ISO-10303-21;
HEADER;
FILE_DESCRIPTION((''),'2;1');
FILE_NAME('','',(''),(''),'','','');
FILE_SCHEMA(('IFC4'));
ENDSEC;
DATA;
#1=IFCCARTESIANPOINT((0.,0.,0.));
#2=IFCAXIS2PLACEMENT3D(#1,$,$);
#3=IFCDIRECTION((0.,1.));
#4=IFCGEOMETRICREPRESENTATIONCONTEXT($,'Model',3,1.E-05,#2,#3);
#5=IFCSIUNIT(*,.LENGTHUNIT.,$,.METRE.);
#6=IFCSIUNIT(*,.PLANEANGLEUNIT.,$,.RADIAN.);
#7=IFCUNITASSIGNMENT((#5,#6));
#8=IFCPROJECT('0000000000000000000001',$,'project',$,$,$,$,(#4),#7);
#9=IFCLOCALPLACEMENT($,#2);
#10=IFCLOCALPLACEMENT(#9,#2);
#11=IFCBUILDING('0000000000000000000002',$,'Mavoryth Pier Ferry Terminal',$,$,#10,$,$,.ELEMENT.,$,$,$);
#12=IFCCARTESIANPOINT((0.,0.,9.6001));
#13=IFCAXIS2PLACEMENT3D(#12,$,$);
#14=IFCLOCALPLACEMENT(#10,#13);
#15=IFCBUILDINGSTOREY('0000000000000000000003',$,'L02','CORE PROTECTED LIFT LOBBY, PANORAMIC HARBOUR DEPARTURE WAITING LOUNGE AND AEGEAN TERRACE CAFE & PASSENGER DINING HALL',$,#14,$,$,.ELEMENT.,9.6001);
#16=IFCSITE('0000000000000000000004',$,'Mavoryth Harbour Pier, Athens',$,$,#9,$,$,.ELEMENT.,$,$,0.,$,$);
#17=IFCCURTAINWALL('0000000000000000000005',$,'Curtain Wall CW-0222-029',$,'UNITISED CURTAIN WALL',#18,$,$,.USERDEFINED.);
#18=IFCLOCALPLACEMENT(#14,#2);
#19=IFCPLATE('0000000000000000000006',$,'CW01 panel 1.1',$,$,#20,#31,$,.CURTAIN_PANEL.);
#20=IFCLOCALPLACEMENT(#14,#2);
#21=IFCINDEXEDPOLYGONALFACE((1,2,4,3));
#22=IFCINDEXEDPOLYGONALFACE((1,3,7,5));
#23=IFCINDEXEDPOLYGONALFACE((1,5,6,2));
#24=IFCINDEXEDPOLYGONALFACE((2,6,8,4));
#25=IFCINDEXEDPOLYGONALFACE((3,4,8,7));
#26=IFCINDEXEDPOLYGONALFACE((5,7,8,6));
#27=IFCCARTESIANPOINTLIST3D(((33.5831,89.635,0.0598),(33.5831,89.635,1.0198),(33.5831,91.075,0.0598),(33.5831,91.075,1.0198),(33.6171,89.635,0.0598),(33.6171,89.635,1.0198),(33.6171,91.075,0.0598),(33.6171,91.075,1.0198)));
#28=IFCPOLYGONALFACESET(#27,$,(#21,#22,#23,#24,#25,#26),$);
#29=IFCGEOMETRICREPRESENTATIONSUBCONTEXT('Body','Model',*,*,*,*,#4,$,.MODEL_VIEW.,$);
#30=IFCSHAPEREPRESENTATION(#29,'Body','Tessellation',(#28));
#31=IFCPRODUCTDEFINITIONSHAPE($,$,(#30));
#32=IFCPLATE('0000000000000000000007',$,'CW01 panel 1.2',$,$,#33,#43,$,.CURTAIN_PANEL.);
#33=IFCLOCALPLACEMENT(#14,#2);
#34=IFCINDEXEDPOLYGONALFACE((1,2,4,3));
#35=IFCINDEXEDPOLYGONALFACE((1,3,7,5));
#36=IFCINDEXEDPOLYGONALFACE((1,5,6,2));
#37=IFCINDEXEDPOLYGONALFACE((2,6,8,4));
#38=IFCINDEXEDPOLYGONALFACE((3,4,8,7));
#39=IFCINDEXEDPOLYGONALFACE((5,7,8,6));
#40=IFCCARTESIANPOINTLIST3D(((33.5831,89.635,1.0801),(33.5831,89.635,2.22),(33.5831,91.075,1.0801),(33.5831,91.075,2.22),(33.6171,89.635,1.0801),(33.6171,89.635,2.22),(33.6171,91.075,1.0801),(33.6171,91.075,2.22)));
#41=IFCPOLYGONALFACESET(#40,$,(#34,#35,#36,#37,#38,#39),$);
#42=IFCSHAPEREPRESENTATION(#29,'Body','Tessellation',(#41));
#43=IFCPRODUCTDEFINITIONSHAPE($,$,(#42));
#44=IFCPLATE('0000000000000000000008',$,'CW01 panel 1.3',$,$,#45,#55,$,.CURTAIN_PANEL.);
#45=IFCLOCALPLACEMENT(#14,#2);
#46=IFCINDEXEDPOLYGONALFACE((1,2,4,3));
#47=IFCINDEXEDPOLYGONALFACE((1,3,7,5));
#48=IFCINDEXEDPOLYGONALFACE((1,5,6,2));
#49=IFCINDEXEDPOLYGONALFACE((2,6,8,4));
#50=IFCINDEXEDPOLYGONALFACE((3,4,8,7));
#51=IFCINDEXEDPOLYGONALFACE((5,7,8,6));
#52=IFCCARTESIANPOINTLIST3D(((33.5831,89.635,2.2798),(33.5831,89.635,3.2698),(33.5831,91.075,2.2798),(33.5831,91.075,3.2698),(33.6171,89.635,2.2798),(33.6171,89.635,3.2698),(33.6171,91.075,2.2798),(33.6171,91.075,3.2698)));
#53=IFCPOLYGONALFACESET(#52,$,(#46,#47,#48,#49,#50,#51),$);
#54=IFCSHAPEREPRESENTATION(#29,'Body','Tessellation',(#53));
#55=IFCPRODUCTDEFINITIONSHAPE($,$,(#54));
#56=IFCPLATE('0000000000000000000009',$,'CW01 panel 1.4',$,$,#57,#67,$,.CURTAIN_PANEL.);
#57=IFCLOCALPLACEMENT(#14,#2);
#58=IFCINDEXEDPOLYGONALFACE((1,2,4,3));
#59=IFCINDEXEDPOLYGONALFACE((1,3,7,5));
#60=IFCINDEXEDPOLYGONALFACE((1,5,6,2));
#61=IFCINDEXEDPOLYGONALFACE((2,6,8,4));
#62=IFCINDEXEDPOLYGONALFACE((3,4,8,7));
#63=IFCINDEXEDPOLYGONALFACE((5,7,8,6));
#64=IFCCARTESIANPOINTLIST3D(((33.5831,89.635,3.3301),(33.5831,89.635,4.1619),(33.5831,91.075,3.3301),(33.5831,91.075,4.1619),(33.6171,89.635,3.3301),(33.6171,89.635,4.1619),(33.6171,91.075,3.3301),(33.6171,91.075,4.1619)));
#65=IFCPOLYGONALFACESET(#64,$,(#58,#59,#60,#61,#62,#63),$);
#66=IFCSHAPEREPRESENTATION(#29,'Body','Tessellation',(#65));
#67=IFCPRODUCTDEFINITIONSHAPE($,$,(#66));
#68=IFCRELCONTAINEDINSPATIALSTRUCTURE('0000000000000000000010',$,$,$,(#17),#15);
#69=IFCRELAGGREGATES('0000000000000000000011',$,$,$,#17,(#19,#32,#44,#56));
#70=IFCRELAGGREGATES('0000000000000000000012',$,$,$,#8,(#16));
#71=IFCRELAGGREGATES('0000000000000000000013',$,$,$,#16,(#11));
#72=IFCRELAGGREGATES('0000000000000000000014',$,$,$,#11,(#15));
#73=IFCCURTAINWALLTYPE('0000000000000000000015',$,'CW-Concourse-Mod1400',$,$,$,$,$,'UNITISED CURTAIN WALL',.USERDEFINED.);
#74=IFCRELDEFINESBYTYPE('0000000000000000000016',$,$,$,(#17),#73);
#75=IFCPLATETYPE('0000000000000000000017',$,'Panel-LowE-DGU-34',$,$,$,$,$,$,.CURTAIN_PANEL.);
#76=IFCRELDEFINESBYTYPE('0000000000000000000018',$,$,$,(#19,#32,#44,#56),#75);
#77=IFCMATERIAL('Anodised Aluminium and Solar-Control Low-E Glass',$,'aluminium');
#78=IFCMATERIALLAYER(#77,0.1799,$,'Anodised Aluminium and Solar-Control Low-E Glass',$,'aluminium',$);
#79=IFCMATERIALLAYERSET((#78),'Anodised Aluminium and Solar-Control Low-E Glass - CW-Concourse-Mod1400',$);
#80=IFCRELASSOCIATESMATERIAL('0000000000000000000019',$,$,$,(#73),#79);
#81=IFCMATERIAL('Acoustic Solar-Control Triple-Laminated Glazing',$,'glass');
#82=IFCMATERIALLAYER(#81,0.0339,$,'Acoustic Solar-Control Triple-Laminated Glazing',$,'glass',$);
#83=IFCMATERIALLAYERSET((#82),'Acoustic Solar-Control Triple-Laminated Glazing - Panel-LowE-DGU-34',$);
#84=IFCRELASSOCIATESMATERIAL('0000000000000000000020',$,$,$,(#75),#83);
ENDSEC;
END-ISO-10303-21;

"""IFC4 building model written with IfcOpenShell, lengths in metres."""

from ifc_helpers import new_model, si_unit, direction, frame, origin, origin_2d, place, context, subcontext, project, spatial, rectangle, extrude, material, layer, layer_set, type_object, element, aggregate, save


model = new_model("IFC4")

# Units and contexts
model_context = context("Model", 3, precision=1e-05, world=origin(), true_north=direction((0.0, 1.0)))
body_context = subcontext(model_context, "Body", "Model", "MODEL_VIEW")
ifc_project = project(units=[si_unit("LENGTHUNIT", "METRE"), si_unit("PLANEANGLEUNIT", "RADIAN")], contexts=[model_context])

# Site, building, storey
site_placement = place(None, origin())
site = spatial("IfcSite", under=ifc_project, at=site_placement, Name="Mavoryth Harbour Pier, Athens", CompositionType="ELEMENT", RefElevation=0.0)
building_placement = place(site_placement, origin())
building = spatial("IfcBuilding", under=site, at=building_placement, Name="Mavoryth Pier Ferry Terminal", CompositionType="ELEMENT")
storey_placement = place(building_placement, frame((0.0, 0.0, 9.6001)))
storey = spatial("IfcBuildingStorey", under=building, at=storey_placement, Name="L02", Description="CORE PROTECTED LIFT LOBBY, PANORAMIC HARBOUR DEPARTURE WAITING LOUNGE AND AEGEAN TERRACE CAFE & PASSENGER DINING HALL", CompositionType="ELEMENT", Elevation=9.6001)

# Curtain wall
ifc_material_1 = material(Name="Anodised Aluminium and Solar-Control Low-E Glass", Category="aluminium")
ifc_layer_1 = layer(ifc_material_1, 0.1799, Name="Anodised Aluminium and Solar-Control Low-E Glass", Category="aluminium")
ifc_layer_set_1 = layer_set([ifc_layer_1], Name="Anodised Aluminium and Solar-Control Low-E Glass - CW-Concourse-Mod1400")
curtain_wall_type = type_object("IfcCurtainWallType", Name="CW-Concourse-Mod1400", ElementType="UNITISED CURTAIN WALL", PredefinedType="USERDEFINED", material=ifc_layer_set_1)
curtain_wall_1_placement = place(storey_placement, origin())
curtain_wall_1 = element("IfcCurtainWall", 1, at=curtain_wall_1_placement, inside=storey, type_object=curtain_wall_type, Name="Curtain Wall CW-0222-029", ObjectType="UNITISED CURTAIN WALL", PredefinedType="USERDEFINED")

# Plates
ifc_material_2 = material(Name="Acoustic Solar-Control Triple-Laminated Glazing", Category="glass")
ifc_layer_2 = layer(ifc_material_2, 0.0339, Name="Acoustic Solar-Control Triple-Laminated Glazing", Category="glass")
ifc_layer_set_2 = layer_set([ifc_layer_2], Name="Acoustic Solar-Control Triple-Laminated Glazing - Panel-LowE-DGU-34")
plate_type = type_object("IfcPlateType", Name="Panel-LowE-DGU-34", PredefinedType="CURTAIN_PANEL", material=ifc_layer_set_2)
plate_1_placement = place(storey_placement, frame((33.6001, 90.355, 0.0598), z_axis=(0.0, 0.0, 1.0), x_axis=(0.0, 1.0, 0.0)))
plate_1 = element("IfcPlate", 2, at=plate_1_placement, type_object=plate_type, Name="CW01 panel 1.1", PredefinedType="CURTAIN_PANEL", context=body_context, shape_type="SweptSolid", body=[
    extrude(rectangle(XDim=1.4399, YDim=0.0339, at=origin_2d()), origin(), (0.0, 0.0, 1.0), 0.96),
])
plate_2_placement = place(storey_placement, frame((33.6001, 90.355, 1.0801), z_axis=(0.0, 0.0, 1.0), x_axis=(0.0, 1.0, 0.0)))
plate_2 = element("IfcPlate", 3, at=plate_2_placement, type_object=plate_type, Name="CW01 panel 1.2", PredefinedType="CURTAIN_PANEL", context=body_context, shape_type="SweptSolid", body=[
    extrude(rectangle(XDim=1.4399, YDim=0.0339, at=origin_2d()), origin(), (0.0, 0.0, 1.0), 1.1399),
])
plate_3_placement = place(storey_placement, frame((33.6001, 90.355, 2.2798), z_axis=(0.0, 0.0, 1.0), x_axis=(0.0, 1.0, 0.0)))
plate_3 = element("IfcPlate", 4, at=plate_3_placement, type_object=plate_type, Name="CW01 panel 1.3", PredefinedType="CURTAIN_PANEL", context=body_context, shape_type="SweptSolid", body=[
    extrude(rectangle(XDim=1.4399, YDim=0.0339, at=origin_2d()), origin(), (0.0, 0.0, 1.0), 0.99),
])
plate_4_placement = place(storey_placement, frame((33.6001, 90.355, 3.3301), z_axis=(0.0, 0.0, 1.0), x_axis=(0.0, 1.0, 0.0)))
plate_4 = element("IfcPlate", 5, at=plate_4_placement, type_object=plate_type, Name="CW01 panel 1.4", PredefinedType="CURTAIN_PANEL", context=body_context, shape_type="SweptSolid", body=[
    extrude(rectangle(XDim=1.4399, YDim=0.0339, at=origin_2d()), origin(), (0.0, 0.0, 1.0), 0.8318),
])
aggregate(curtain_wall_1, [plate_1, plate_2, plate_3, plate_4])

save(model, "model.ifc")
